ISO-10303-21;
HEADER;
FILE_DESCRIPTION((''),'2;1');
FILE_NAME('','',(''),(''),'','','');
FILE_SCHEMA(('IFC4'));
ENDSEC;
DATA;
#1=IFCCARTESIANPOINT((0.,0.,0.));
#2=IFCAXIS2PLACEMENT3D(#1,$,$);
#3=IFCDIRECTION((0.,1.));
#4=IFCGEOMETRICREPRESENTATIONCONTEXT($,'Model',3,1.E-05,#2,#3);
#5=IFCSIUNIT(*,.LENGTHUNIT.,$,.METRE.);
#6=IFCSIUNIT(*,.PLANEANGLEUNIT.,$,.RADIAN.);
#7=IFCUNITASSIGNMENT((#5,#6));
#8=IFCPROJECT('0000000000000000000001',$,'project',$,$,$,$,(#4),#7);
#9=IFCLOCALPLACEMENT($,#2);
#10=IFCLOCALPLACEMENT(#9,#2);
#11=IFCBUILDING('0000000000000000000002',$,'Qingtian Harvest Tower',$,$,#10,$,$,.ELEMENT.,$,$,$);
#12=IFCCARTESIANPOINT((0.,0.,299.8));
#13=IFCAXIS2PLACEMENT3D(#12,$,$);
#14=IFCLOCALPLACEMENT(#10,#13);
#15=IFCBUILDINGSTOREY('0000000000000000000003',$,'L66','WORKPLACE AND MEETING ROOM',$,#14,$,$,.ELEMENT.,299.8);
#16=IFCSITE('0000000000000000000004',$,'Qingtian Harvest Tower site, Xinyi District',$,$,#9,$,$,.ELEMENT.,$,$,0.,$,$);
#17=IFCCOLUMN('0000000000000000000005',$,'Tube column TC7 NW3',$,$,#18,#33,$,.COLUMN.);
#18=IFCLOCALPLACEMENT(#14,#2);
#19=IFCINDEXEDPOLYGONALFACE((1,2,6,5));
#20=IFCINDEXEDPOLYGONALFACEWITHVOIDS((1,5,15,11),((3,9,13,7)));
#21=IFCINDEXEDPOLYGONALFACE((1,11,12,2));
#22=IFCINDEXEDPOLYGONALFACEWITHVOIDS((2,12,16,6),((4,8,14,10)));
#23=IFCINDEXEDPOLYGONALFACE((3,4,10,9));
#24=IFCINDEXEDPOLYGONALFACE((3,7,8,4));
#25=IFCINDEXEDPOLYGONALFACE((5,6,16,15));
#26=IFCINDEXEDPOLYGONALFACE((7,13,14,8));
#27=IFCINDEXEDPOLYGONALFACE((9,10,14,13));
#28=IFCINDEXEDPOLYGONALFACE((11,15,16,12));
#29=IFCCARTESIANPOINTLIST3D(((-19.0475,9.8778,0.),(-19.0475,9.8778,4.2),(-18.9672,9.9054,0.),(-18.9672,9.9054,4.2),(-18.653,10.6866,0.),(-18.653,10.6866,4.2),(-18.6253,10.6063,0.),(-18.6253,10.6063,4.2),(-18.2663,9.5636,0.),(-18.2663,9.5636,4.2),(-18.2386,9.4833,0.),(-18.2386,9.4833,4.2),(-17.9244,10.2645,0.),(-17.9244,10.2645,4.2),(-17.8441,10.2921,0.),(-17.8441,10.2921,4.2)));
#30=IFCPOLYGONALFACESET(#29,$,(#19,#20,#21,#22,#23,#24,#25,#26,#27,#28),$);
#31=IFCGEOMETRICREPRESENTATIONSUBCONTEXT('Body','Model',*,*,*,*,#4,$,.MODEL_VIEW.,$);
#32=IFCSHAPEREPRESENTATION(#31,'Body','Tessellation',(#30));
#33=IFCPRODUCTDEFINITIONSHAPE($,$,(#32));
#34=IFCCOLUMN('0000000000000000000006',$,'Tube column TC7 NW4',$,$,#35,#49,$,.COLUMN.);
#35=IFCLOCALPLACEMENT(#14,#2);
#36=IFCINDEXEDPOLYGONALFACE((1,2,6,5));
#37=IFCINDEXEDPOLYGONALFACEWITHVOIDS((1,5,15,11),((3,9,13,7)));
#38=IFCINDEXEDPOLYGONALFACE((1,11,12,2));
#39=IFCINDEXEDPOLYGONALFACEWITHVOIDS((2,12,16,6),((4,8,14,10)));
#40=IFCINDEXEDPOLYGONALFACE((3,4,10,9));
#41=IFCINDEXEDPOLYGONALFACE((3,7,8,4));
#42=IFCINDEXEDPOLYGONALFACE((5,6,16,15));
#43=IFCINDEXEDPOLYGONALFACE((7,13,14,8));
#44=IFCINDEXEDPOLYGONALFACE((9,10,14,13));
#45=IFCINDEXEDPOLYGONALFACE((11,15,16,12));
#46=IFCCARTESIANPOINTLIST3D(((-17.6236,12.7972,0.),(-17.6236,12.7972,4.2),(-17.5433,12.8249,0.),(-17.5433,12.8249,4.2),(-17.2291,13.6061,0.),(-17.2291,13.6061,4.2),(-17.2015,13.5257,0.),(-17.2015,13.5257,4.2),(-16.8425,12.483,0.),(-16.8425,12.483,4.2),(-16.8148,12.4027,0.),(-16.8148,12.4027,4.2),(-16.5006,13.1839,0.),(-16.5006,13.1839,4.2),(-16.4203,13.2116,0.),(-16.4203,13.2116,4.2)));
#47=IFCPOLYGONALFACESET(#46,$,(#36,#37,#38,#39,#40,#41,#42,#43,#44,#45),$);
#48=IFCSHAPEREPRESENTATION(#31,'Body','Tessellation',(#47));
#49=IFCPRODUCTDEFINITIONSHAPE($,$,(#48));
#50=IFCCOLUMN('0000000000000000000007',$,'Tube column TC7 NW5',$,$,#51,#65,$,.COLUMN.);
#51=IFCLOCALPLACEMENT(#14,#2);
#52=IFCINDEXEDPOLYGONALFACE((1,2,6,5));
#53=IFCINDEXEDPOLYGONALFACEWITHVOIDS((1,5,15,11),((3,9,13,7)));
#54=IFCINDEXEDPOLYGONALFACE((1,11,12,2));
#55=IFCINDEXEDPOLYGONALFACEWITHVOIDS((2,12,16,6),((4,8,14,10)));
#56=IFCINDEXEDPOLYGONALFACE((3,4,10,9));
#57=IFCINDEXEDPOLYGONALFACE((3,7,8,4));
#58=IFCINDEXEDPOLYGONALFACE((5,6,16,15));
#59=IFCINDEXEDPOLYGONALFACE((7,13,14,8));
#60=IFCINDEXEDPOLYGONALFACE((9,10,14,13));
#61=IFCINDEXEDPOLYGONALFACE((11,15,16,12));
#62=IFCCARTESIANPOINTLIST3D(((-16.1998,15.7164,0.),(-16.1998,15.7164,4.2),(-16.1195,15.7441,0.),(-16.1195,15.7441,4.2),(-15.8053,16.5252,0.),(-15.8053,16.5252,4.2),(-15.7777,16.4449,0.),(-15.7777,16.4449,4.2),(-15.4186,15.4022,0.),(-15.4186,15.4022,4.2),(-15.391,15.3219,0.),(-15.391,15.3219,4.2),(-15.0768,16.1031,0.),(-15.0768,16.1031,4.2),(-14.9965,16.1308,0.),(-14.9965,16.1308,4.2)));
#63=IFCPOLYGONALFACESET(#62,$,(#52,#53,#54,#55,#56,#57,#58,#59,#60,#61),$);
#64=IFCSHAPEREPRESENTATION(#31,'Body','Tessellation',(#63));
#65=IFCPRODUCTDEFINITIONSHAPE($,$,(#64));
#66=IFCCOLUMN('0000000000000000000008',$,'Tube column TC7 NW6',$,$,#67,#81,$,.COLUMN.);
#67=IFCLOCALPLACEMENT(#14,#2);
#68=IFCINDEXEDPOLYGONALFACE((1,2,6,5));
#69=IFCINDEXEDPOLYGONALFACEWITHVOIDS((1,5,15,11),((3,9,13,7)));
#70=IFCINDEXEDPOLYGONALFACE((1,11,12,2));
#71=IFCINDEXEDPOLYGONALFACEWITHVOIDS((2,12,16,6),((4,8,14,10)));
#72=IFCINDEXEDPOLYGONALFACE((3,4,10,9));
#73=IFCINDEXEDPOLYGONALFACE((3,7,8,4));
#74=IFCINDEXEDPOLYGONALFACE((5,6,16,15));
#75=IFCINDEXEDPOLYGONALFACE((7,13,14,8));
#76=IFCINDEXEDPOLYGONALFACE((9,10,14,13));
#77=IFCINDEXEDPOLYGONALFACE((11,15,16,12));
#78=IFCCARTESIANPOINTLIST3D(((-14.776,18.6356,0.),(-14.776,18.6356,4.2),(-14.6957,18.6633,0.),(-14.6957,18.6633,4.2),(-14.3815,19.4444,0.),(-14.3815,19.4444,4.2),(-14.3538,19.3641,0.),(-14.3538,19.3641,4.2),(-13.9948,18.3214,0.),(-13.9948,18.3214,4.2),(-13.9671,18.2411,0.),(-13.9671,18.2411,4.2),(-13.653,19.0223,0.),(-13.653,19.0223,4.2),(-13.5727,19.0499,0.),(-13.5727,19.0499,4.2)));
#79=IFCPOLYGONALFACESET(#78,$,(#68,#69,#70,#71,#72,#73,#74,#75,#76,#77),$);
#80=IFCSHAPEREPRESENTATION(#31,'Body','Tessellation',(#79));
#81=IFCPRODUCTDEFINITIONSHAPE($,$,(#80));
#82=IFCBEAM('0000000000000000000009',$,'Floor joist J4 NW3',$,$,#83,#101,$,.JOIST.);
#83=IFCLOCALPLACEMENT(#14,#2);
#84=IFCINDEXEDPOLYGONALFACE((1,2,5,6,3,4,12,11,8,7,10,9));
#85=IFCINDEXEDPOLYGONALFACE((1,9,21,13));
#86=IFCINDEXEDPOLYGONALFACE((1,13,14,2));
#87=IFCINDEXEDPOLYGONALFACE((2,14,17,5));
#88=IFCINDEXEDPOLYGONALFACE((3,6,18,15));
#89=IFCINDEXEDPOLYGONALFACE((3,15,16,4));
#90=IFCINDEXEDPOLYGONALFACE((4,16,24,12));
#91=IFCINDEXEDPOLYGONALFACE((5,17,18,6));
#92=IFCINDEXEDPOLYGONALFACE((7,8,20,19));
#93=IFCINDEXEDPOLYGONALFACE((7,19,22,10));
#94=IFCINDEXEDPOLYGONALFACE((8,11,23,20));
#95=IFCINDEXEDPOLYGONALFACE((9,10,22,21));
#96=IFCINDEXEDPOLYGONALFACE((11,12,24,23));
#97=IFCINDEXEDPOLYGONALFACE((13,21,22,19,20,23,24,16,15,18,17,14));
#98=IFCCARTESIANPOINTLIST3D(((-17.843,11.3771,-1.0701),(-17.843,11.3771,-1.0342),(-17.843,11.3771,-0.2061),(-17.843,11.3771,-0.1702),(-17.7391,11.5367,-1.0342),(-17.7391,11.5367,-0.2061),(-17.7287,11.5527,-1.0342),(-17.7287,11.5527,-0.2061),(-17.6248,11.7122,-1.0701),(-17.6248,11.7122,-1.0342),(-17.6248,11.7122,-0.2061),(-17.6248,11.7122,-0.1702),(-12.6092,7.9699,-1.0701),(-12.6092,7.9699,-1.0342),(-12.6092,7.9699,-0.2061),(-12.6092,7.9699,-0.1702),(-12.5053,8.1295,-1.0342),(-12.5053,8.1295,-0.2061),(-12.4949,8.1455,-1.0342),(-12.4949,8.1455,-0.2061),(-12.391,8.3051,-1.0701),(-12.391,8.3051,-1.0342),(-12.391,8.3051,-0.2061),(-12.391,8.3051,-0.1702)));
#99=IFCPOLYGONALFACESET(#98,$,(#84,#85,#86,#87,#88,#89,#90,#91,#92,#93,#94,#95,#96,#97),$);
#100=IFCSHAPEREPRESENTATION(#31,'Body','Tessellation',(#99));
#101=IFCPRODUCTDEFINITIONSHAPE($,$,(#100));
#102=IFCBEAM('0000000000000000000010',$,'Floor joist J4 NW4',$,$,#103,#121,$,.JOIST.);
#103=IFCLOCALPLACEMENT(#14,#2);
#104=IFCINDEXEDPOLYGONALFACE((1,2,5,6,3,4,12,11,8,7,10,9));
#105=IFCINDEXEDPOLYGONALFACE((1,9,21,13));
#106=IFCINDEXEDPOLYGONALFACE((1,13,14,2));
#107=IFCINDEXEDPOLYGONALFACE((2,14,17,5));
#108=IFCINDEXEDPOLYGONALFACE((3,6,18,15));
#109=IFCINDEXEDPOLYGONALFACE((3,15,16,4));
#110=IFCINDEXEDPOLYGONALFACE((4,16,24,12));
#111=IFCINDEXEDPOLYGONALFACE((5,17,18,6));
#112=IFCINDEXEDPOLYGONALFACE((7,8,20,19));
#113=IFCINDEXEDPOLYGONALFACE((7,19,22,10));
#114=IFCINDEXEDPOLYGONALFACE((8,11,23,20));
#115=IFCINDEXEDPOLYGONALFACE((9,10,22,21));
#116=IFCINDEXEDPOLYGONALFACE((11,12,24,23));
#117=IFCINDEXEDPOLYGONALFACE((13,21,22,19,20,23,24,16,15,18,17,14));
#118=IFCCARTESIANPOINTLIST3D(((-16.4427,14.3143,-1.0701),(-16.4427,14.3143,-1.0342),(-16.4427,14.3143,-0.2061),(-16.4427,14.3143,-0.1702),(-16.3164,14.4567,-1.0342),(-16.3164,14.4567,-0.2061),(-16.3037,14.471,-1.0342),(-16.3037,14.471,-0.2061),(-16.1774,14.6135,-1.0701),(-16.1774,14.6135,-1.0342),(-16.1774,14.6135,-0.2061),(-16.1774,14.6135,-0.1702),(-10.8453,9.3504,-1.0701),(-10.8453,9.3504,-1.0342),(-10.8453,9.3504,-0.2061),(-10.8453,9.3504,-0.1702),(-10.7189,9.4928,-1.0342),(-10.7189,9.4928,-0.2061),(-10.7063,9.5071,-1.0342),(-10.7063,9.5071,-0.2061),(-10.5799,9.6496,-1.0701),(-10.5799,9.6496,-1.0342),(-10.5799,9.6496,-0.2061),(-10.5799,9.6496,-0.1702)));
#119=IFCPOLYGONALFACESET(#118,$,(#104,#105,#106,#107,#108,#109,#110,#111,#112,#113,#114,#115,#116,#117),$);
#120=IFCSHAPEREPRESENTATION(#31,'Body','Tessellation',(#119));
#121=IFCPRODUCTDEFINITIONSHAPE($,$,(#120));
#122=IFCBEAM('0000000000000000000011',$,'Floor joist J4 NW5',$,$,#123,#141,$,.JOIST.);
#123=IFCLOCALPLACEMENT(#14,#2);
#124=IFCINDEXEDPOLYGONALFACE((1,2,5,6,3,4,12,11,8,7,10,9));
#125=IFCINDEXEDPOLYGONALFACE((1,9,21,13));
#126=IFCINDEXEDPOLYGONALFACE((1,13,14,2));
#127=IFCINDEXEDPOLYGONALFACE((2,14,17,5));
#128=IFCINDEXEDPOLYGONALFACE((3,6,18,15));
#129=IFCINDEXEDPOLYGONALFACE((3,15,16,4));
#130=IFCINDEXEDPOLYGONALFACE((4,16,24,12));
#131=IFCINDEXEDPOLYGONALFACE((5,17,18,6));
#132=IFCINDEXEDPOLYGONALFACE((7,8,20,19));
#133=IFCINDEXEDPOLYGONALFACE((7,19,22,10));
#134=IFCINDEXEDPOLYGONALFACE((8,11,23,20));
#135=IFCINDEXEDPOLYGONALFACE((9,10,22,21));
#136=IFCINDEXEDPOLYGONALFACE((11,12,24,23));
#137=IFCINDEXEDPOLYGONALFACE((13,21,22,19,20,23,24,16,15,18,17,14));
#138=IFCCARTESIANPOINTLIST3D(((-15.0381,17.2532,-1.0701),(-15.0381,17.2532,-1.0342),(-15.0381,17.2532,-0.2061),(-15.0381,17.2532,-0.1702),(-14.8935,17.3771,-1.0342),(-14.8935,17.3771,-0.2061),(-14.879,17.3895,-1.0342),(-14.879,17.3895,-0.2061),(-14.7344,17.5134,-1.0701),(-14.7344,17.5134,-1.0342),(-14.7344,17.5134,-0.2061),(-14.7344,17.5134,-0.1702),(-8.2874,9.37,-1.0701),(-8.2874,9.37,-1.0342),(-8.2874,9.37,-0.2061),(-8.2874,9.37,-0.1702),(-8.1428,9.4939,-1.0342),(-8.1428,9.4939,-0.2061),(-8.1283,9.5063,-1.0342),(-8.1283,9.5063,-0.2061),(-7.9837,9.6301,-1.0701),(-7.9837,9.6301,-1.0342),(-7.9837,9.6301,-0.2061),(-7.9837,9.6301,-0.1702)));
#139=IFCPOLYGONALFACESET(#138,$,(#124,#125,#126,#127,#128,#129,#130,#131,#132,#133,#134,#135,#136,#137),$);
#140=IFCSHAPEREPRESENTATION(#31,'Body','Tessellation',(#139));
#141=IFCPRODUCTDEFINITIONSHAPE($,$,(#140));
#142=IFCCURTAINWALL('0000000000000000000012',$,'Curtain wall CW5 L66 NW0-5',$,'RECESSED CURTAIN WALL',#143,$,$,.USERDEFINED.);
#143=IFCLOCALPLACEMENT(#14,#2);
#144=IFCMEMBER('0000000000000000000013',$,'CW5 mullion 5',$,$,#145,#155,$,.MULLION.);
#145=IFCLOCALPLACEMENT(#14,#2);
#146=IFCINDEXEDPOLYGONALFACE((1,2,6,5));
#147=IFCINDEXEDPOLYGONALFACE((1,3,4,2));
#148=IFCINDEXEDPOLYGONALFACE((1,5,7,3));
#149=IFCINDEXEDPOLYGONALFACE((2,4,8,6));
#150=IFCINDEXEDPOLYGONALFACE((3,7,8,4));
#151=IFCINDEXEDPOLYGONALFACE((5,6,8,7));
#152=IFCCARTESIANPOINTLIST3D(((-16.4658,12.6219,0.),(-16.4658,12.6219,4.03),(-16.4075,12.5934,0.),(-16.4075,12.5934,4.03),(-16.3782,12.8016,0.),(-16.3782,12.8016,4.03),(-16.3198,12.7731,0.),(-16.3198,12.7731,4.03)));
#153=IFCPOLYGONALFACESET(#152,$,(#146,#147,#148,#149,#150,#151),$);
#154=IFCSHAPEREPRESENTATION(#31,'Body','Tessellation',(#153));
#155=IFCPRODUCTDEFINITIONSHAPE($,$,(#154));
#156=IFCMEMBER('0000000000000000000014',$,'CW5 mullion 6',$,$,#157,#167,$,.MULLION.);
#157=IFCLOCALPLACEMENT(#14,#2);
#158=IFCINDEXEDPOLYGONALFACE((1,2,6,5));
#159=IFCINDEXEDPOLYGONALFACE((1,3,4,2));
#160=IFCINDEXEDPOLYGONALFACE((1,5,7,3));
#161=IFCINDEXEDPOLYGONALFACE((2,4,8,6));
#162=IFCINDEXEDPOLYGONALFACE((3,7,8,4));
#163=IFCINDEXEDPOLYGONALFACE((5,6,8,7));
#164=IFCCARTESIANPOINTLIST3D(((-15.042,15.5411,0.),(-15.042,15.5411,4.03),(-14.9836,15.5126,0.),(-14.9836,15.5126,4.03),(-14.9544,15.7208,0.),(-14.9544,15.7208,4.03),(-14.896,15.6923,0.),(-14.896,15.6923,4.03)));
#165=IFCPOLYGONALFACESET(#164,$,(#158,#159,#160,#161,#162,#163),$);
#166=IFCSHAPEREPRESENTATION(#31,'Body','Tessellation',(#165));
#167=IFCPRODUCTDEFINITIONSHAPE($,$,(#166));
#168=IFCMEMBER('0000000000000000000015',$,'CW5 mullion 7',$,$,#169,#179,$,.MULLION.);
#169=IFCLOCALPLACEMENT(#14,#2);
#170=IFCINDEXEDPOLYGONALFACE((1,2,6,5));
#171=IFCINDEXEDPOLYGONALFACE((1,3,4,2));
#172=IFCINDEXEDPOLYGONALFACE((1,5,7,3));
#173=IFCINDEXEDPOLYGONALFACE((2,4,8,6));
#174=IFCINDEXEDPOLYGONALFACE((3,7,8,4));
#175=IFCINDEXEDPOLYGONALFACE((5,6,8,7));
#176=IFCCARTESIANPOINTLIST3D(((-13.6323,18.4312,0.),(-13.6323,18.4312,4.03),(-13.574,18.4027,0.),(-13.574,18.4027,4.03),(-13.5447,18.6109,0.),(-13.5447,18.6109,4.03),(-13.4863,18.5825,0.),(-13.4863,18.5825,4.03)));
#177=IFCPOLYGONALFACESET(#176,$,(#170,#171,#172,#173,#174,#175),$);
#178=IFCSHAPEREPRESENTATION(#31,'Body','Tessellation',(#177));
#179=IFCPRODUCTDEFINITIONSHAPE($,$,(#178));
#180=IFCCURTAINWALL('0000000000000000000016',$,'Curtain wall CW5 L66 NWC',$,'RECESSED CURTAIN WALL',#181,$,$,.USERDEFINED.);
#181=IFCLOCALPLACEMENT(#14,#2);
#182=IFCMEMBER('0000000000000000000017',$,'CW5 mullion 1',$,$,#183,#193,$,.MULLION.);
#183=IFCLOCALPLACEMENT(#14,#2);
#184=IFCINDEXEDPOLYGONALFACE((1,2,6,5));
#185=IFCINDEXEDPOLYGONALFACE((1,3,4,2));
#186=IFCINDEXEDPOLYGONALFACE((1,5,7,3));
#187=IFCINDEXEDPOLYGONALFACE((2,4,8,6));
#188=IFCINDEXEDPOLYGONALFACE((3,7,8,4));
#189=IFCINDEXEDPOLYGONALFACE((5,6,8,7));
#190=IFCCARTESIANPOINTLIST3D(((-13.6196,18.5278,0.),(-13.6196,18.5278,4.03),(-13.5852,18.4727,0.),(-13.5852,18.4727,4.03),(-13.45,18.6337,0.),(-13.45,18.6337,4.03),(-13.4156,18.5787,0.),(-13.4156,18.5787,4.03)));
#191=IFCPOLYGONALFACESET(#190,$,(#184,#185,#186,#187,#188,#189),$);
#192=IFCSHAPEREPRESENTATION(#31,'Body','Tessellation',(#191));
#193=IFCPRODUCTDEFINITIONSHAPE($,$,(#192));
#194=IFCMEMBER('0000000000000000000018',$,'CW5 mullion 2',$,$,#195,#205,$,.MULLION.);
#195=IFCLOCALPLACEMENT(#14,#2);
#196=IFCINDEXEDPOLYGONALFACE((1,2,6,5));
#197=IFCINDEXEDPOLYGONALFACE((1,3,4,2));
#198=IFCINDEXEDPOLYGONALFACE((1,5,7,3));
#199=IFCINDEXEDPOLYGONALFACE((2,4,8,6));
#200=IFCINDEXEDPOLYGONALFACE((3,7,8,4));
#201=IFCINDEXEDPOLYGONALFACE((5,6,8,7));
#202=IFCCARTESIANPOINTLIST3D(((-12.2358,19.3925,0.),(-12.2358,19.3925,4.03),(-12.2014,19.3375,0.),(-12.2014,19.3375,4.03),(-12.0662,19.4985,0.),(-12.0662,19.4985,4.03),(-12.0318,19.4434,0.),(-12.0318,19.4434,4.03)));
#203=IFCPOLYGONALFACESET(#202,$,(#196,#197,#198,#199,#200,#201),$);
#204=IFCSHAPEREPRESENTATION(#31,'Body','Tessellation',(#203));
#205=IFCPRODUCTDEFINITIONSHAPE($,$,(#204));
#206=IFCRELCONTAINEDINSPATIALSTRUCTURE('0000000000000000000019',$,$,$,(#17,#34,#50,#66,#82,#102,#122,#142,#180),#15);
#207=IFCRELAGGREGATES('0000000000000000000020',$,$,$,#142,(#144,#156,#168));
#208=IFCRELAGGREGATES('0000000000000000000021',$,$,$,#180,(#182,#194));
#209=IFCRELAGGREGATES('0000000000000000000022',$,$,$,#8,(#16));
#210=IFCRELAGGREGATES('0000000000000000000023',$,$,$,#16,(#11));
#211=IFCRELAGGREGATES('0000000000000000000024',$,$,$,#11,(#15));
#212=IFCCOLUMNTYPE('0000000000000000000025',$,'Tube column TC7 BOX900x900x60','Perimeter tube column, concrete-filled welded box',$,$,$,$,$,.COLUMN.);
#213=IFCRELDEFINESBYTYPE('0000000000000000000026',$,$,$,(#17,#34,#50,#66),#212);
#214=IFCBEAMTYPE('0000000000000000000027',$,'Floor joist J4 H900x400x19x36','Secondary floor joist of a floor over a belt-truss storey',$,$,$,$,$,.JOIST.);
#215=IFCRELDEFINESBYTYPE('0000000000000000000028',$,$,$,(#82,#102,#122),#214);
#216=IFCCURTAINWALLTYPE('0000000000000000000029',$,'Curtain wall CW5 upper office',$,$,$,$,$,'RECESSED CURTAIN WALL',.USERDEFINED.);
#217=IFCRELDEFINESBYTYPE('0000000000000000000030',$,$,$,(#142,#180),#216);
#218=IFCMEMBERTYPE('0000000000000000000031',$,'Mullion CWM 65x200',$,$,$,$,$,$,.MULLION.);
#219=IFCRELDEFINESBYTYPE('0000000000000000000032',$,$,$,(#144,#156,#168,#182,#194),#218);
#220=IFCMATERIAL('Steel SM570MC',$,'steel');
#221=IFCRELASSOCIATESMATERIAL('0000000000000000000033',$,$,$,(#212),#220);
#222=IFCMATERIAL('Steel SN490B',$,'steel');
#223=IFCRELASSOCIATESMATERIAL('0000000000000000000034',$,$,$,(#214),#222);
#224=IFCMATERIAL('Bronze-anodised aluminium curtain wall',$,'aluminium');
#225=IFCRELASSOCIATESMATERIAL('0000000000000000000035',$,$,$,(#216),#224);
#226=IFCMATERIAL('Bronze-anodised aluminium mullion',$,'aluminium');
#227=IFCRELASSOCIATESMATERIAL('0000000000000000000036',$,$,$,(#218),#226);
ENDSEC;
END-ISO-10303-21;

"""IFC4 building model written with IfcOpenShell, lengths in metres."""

from ifc_helpers import new_model, si_unit, direction, frame, origin, origin_2d, place, context, subcontext, project, spatial, rectangle, hollow_rectangle, i_section, extrude, material, material_profile, profile_set, type_object, element, aggregate, save


model = new_model("IFC4")

# Units and contexts
model_context = context("Model", 3, precision=1e-05, world=origin(), true_north=direction((0.0, 1.0)))
body_context = subcontext(model_context, "Body", "Model", "MODEL_VIEW")
ifc_project = project(units=[si_unit("LENGTHUNIT", "METRE"), si_unit("PLANEANGLEUNIT", "RADIAN")], contexts=[model_context])

# Site, building, storey
site_placement = place(None, origin())
site = spatial("IfcSite", under=ifc_project, at=site_placement, Name="Qingtian Harvest Tower site, Xinyi District", CompositionType="ELEMENT", RefElevation=0.0)
building_placement = place(site_placement, origin())
building = spatial("IfcBuilding", under=site, at=building_placement, Name="Qingtian Harvest Tower", CompositionType="ELEMENT")
storey_placement = place(building_placement, frame((0.0, 0.0, 299.8)))
storey = spatial("IfcBuildingStorey", under=building, at=storey_placement, Name="L66", Description="WORKPLACE AND MEETING ROOM", CompositionType="ELEMENT", Elevation=299.8)

# Columns
ifc_material_1 = material(Name="Steel SM570MC", Category="steel")
ifc_material_profile_1 = material_profile(ifc_material_1, hollow_rectangle(XDim=0.8999, YDim=0.8999, WallThickness=0.0601, at=origin_2d()), Name="BOX900x900x60")
ifc_profile_set_1 = profile_set([ifc_material_profile_1], Name="Steel SM570MC")
column_type = type_object("IfcColumnType", Name="Tube column TC7 BOX900x900x60", Description="Perimeter tube column, concrete-filled welded box", PredefinedType="COLUMN", material=ifc_profile_set_1)
for number, where, z_axis, x_axis, name in (
    (1, (-18.4458, 10.085, 0.0), (0.0, 0.0, 1.0), (-0.438371, -0.898794, 0.0), "Tube column TC7 NW3"),
    (2, (-17.022, 13.0044, 0.0), (0.0, 0.0, 1.0), (-0.438371, -0.898794, 0.0), "Tube column TC7 NW4"),
    (3, (-15.5981, 15.9236, 0.0), (0.0, 0.0, 1.0), (-0.438371, -0.898794, 0.0), "Tube column TC7 NW5"),
    (4, (-14.1743, 18.8428, 0.0), (0.0, 0.0, 1.0), (-0.438371, -0.898794, 0.0), "Tube column TC7 NW6"),
):
    element("IfcColumn", number, at=place(storey_placement, frame(where, z_axis=z_axis, x_axis=x_axis)), inside=storey, type_object=column_type, Name=name, PredefinedType="COLUMN", context=body_context, shape_type="SweptSolid", body=[
        extrude(hollow_rectangle(XDim=0.8999, YDim=0.8999, WallThickness=0.0601, at=origin_2d()), origin(), (0.0, 0.0, 1.0), 4.2),
    ])

# Beams
ifc_material_2 = material(Name="Steel SN490B", Category="steel")
ifc_material_profile_2 = material_profile(ifc_material_2, i_section(OverallWidth=0.3999, OverallDepth=0.8999, WebThickness=0.019, FlangeThickness=0.0359, at=origin_2d()), Name="H900x400x19x36")
ifc_profile_set_2 = profile_set([ifc_material_profile_2], Name="Steel SN490B")
beam_type_1 = type_object("IfcBeamType", Name="Floor joist J4 H900x400x19x36", Description="Secondary floor joist of a floor over a belt-truss storey", PredefinedType="JOIST", material=ifc_profile_set_2)
beam_1_placement = place(storey_placement, frame((-17.7339, 11.5447, -0.6201), z_axis=(0.838063, -0.545574, 0.0), x_axis=(0.545574, 0.838063, 0.0)))
element("IfcBeam", 5, at=beam_1_placement, inside=storey, type_object=beam_type_1, Name="Floor joist J4 NW3", PredefinedType="JOIST", context=body_context, shape_type="SweptSolid", body=[
    extrude(i_section(OverallWidth=0.3999, OverallDepth=0.8999, WebThickness=0.019, FlangeThickness=0.0359, at=origin_2d()), origin(), (0.0, 0.0, 1.0), 6.2451),
])
beam_2_placement = place(storey_placement, frame((-16.3101, 14.4639, -0.6201), z_axis=(0.748179, -0.663496, 0.0), x_axis=(0.663496, 0.748179, 0.0)))
element("IfcBeam", 6, at=beam_2_placement, inside=storey, type_object=beam_type_1, Name="Floor joist J4 NW4", PredefinedType="JOIST", context=body_context, shape_type="SweptSolid", body=[
    extrude(i_section(OverallWidth=0.3999, OverallDepth=0.8999, WebThickness=0.019, FlangeThickness=0.0359, at=origin_2d()), origin(), (0.0, 0.0, 1.0), 7.4814),
])
beam_3_placement = place(storey_placement, frame((-14.8862, 17.3833, -0.6201), z_axis=(0.650437, -0.75956, 0.0), x_axis=(0.75956, 0.650437, 0.0)))
element("IfcBeam", 7, at=beam_3_placement, inside=storey, type_object=beam_type_1, Name="Floor joist J4 NW5", PredefinedType="JOIST", context=body_context, shape_type="SweptSolid", body=[
    extrude(i_section(OverallWidth=0.3999, OverallDepth=0.8999, WebThickness=0.019, FlangeThickness=0.0359, at=origin_2d()), origin(), (0.0, 0.0, 1.0), 10.3787),
])

# Curtain walls, members
ifc_material_3 = material(Name="Bronze-anodised aluminium curtain wall", Category="aluminium")
curtain_wall_type = type_object("IfcCurtainWallType", Name="Curtain wall CW5 upper office", ElementType="RECESSED CURTAIN WALL", PredefinedType="USERDEFINED", material=ifc_material_3)
curtain_wall_1_placement = place(storey_placement, origin())
curtain_wall_1 = element("IfcCurtainWall", 8, at=curtain_wall_1_placement, inside=storey, type_object=curtain_wall_type, Name="Curtain wall CW5 L66 NW0-5", ObjectType="RECESSED CURTAIN WALL", PredefinedType="USERDEFINED")
ifc_material_4 = material(Name="Bronze-anodised aluminium mullion", Category="aluminium")
ifc_material_profile_3 = material_profile(ifc_material_4, rectangle(XDim=0.0649, YDim=0.2, at=origin_2d()), Name="AL 65x200")
ifc_profile_set_3 = profile_set([ifc_material_profile_3], Name="Bronze-anodised aluminium mullion")
member_type_1 = type_object("IfcMemberType", Name="Mullion CWM 65x200", PredefinedType="MULLION", material=ifc_profile_set_3)
member_1_placement = place(storey_placement, frame((-16.3928, 12.6975, 0.0), z_axis=(0.0, 0.0, 1.0), x_axis=(-0.898794, 0.438371, 0.0)))
member_1 = element("IfcMember", 9, at=member_1_placement, type_object=member_type_1, Name="CW5 mullion 5", PredefinedType="MULLION", context=body_context, shape_type="SweptSolid", body=[
    extrude(rectangle(XDim=0.0649, YDim=0.2, at=origin_2d()), origin(), (0.0, 0.0, 1.0), 4.03),
])
member_2_placement = place(storey_placement, frame((-14.969, 15.6167, 0.0), z_axis=(0.0, 0.0, 1.0), x_axis=(-0.898794, 0.438371, 0.0)))
member_2 = element("IfcMember", 10, at=member_2_placement, type_object=member_type_1, Name="CW5 mullion 6", PredefinedType="MULLION", context=body_context, shape_type="SweptSolid", body=[
    extrude(rectangle(XDim=0.0649, YDim=0.2, at=origin_2d()), origin(), (0.0, 0.0, 1.0), 4.03),
])
member_3_placement = place(storey_placement, frame((-13.5593, 18.5068, 0.0), z_axis=(0.0, 0.0, 1.0), x_axis=(-0.898794, 0.438371, 0.0)))
member_3 = element("IfcMember", 11, at=member_3_placement, type_object=member_type_1, Name="CW5 mullion 7", PredefinedType="MULLION", context=body_context, shape_type="SweptSolid", body=[
    extrude(rectangle(XDim=0.0649, YDim=0.2, at=origin_2d()), origin(), (0.0, 0.0, 1.0), 4.03),
])
curtain_wall_2_placement = place(storey_placement, origin())
curtain_wall_2 = element("IfcCurtainWall", 12, at=curtain_wall_2_placement, inside=storey, type_object=curtain_wall_type, Name="Curtain wall CW5 L66 NWC", ObjectType="RECESSED CURTAIN WALL", PredefinedType="USERDEFINED")
member_4_placement = place(storey_placement, frame((-13.5176, 18.5532, 0.0), z_axis=(0.0, 0.0, 1.0), x_axis=(-0.529919, 0.848048, 0.0)))
member_4 = element("IfcMember", 13, at=member_4_placement, type_object=member_type_1, Name="CW5 mullion 1", PredefinedType="MULLION", context=body_context, shape_type="SweptSolid", body=[
    extrude(rectangle(XDim=0.0649, YDim=0.2, at=origin_2d()), origin(), (0.0, 0.0, 1.0), 4.03),
])
member_5_placement = place(storey_placement, frame((-12.1338, 19.418, 0.0), z_axis=(0.0, 0.0, 1.0), x_axis=(-0.529919, 0.848048, 0.0)))
member_5 = element("IfcMember", 14, at=member_5_placement, type_object=member_type_1, Name="CW5 mullion 2", PredefinedType="MULLION", context=body_context, shape_type="SweptSolid", body=[
    extrude(rectangle(XDim=0.0649, YDim=0.2, at=origin_2d()), origin(), (0.0, 0.0, 1.0), 4.03),
])

aggregate(curtain_wall_1, [member_1, member_2, member_3])
aggregate(curtain_wall_2, [member_4, member_5])

save(model, "model.ifc")
